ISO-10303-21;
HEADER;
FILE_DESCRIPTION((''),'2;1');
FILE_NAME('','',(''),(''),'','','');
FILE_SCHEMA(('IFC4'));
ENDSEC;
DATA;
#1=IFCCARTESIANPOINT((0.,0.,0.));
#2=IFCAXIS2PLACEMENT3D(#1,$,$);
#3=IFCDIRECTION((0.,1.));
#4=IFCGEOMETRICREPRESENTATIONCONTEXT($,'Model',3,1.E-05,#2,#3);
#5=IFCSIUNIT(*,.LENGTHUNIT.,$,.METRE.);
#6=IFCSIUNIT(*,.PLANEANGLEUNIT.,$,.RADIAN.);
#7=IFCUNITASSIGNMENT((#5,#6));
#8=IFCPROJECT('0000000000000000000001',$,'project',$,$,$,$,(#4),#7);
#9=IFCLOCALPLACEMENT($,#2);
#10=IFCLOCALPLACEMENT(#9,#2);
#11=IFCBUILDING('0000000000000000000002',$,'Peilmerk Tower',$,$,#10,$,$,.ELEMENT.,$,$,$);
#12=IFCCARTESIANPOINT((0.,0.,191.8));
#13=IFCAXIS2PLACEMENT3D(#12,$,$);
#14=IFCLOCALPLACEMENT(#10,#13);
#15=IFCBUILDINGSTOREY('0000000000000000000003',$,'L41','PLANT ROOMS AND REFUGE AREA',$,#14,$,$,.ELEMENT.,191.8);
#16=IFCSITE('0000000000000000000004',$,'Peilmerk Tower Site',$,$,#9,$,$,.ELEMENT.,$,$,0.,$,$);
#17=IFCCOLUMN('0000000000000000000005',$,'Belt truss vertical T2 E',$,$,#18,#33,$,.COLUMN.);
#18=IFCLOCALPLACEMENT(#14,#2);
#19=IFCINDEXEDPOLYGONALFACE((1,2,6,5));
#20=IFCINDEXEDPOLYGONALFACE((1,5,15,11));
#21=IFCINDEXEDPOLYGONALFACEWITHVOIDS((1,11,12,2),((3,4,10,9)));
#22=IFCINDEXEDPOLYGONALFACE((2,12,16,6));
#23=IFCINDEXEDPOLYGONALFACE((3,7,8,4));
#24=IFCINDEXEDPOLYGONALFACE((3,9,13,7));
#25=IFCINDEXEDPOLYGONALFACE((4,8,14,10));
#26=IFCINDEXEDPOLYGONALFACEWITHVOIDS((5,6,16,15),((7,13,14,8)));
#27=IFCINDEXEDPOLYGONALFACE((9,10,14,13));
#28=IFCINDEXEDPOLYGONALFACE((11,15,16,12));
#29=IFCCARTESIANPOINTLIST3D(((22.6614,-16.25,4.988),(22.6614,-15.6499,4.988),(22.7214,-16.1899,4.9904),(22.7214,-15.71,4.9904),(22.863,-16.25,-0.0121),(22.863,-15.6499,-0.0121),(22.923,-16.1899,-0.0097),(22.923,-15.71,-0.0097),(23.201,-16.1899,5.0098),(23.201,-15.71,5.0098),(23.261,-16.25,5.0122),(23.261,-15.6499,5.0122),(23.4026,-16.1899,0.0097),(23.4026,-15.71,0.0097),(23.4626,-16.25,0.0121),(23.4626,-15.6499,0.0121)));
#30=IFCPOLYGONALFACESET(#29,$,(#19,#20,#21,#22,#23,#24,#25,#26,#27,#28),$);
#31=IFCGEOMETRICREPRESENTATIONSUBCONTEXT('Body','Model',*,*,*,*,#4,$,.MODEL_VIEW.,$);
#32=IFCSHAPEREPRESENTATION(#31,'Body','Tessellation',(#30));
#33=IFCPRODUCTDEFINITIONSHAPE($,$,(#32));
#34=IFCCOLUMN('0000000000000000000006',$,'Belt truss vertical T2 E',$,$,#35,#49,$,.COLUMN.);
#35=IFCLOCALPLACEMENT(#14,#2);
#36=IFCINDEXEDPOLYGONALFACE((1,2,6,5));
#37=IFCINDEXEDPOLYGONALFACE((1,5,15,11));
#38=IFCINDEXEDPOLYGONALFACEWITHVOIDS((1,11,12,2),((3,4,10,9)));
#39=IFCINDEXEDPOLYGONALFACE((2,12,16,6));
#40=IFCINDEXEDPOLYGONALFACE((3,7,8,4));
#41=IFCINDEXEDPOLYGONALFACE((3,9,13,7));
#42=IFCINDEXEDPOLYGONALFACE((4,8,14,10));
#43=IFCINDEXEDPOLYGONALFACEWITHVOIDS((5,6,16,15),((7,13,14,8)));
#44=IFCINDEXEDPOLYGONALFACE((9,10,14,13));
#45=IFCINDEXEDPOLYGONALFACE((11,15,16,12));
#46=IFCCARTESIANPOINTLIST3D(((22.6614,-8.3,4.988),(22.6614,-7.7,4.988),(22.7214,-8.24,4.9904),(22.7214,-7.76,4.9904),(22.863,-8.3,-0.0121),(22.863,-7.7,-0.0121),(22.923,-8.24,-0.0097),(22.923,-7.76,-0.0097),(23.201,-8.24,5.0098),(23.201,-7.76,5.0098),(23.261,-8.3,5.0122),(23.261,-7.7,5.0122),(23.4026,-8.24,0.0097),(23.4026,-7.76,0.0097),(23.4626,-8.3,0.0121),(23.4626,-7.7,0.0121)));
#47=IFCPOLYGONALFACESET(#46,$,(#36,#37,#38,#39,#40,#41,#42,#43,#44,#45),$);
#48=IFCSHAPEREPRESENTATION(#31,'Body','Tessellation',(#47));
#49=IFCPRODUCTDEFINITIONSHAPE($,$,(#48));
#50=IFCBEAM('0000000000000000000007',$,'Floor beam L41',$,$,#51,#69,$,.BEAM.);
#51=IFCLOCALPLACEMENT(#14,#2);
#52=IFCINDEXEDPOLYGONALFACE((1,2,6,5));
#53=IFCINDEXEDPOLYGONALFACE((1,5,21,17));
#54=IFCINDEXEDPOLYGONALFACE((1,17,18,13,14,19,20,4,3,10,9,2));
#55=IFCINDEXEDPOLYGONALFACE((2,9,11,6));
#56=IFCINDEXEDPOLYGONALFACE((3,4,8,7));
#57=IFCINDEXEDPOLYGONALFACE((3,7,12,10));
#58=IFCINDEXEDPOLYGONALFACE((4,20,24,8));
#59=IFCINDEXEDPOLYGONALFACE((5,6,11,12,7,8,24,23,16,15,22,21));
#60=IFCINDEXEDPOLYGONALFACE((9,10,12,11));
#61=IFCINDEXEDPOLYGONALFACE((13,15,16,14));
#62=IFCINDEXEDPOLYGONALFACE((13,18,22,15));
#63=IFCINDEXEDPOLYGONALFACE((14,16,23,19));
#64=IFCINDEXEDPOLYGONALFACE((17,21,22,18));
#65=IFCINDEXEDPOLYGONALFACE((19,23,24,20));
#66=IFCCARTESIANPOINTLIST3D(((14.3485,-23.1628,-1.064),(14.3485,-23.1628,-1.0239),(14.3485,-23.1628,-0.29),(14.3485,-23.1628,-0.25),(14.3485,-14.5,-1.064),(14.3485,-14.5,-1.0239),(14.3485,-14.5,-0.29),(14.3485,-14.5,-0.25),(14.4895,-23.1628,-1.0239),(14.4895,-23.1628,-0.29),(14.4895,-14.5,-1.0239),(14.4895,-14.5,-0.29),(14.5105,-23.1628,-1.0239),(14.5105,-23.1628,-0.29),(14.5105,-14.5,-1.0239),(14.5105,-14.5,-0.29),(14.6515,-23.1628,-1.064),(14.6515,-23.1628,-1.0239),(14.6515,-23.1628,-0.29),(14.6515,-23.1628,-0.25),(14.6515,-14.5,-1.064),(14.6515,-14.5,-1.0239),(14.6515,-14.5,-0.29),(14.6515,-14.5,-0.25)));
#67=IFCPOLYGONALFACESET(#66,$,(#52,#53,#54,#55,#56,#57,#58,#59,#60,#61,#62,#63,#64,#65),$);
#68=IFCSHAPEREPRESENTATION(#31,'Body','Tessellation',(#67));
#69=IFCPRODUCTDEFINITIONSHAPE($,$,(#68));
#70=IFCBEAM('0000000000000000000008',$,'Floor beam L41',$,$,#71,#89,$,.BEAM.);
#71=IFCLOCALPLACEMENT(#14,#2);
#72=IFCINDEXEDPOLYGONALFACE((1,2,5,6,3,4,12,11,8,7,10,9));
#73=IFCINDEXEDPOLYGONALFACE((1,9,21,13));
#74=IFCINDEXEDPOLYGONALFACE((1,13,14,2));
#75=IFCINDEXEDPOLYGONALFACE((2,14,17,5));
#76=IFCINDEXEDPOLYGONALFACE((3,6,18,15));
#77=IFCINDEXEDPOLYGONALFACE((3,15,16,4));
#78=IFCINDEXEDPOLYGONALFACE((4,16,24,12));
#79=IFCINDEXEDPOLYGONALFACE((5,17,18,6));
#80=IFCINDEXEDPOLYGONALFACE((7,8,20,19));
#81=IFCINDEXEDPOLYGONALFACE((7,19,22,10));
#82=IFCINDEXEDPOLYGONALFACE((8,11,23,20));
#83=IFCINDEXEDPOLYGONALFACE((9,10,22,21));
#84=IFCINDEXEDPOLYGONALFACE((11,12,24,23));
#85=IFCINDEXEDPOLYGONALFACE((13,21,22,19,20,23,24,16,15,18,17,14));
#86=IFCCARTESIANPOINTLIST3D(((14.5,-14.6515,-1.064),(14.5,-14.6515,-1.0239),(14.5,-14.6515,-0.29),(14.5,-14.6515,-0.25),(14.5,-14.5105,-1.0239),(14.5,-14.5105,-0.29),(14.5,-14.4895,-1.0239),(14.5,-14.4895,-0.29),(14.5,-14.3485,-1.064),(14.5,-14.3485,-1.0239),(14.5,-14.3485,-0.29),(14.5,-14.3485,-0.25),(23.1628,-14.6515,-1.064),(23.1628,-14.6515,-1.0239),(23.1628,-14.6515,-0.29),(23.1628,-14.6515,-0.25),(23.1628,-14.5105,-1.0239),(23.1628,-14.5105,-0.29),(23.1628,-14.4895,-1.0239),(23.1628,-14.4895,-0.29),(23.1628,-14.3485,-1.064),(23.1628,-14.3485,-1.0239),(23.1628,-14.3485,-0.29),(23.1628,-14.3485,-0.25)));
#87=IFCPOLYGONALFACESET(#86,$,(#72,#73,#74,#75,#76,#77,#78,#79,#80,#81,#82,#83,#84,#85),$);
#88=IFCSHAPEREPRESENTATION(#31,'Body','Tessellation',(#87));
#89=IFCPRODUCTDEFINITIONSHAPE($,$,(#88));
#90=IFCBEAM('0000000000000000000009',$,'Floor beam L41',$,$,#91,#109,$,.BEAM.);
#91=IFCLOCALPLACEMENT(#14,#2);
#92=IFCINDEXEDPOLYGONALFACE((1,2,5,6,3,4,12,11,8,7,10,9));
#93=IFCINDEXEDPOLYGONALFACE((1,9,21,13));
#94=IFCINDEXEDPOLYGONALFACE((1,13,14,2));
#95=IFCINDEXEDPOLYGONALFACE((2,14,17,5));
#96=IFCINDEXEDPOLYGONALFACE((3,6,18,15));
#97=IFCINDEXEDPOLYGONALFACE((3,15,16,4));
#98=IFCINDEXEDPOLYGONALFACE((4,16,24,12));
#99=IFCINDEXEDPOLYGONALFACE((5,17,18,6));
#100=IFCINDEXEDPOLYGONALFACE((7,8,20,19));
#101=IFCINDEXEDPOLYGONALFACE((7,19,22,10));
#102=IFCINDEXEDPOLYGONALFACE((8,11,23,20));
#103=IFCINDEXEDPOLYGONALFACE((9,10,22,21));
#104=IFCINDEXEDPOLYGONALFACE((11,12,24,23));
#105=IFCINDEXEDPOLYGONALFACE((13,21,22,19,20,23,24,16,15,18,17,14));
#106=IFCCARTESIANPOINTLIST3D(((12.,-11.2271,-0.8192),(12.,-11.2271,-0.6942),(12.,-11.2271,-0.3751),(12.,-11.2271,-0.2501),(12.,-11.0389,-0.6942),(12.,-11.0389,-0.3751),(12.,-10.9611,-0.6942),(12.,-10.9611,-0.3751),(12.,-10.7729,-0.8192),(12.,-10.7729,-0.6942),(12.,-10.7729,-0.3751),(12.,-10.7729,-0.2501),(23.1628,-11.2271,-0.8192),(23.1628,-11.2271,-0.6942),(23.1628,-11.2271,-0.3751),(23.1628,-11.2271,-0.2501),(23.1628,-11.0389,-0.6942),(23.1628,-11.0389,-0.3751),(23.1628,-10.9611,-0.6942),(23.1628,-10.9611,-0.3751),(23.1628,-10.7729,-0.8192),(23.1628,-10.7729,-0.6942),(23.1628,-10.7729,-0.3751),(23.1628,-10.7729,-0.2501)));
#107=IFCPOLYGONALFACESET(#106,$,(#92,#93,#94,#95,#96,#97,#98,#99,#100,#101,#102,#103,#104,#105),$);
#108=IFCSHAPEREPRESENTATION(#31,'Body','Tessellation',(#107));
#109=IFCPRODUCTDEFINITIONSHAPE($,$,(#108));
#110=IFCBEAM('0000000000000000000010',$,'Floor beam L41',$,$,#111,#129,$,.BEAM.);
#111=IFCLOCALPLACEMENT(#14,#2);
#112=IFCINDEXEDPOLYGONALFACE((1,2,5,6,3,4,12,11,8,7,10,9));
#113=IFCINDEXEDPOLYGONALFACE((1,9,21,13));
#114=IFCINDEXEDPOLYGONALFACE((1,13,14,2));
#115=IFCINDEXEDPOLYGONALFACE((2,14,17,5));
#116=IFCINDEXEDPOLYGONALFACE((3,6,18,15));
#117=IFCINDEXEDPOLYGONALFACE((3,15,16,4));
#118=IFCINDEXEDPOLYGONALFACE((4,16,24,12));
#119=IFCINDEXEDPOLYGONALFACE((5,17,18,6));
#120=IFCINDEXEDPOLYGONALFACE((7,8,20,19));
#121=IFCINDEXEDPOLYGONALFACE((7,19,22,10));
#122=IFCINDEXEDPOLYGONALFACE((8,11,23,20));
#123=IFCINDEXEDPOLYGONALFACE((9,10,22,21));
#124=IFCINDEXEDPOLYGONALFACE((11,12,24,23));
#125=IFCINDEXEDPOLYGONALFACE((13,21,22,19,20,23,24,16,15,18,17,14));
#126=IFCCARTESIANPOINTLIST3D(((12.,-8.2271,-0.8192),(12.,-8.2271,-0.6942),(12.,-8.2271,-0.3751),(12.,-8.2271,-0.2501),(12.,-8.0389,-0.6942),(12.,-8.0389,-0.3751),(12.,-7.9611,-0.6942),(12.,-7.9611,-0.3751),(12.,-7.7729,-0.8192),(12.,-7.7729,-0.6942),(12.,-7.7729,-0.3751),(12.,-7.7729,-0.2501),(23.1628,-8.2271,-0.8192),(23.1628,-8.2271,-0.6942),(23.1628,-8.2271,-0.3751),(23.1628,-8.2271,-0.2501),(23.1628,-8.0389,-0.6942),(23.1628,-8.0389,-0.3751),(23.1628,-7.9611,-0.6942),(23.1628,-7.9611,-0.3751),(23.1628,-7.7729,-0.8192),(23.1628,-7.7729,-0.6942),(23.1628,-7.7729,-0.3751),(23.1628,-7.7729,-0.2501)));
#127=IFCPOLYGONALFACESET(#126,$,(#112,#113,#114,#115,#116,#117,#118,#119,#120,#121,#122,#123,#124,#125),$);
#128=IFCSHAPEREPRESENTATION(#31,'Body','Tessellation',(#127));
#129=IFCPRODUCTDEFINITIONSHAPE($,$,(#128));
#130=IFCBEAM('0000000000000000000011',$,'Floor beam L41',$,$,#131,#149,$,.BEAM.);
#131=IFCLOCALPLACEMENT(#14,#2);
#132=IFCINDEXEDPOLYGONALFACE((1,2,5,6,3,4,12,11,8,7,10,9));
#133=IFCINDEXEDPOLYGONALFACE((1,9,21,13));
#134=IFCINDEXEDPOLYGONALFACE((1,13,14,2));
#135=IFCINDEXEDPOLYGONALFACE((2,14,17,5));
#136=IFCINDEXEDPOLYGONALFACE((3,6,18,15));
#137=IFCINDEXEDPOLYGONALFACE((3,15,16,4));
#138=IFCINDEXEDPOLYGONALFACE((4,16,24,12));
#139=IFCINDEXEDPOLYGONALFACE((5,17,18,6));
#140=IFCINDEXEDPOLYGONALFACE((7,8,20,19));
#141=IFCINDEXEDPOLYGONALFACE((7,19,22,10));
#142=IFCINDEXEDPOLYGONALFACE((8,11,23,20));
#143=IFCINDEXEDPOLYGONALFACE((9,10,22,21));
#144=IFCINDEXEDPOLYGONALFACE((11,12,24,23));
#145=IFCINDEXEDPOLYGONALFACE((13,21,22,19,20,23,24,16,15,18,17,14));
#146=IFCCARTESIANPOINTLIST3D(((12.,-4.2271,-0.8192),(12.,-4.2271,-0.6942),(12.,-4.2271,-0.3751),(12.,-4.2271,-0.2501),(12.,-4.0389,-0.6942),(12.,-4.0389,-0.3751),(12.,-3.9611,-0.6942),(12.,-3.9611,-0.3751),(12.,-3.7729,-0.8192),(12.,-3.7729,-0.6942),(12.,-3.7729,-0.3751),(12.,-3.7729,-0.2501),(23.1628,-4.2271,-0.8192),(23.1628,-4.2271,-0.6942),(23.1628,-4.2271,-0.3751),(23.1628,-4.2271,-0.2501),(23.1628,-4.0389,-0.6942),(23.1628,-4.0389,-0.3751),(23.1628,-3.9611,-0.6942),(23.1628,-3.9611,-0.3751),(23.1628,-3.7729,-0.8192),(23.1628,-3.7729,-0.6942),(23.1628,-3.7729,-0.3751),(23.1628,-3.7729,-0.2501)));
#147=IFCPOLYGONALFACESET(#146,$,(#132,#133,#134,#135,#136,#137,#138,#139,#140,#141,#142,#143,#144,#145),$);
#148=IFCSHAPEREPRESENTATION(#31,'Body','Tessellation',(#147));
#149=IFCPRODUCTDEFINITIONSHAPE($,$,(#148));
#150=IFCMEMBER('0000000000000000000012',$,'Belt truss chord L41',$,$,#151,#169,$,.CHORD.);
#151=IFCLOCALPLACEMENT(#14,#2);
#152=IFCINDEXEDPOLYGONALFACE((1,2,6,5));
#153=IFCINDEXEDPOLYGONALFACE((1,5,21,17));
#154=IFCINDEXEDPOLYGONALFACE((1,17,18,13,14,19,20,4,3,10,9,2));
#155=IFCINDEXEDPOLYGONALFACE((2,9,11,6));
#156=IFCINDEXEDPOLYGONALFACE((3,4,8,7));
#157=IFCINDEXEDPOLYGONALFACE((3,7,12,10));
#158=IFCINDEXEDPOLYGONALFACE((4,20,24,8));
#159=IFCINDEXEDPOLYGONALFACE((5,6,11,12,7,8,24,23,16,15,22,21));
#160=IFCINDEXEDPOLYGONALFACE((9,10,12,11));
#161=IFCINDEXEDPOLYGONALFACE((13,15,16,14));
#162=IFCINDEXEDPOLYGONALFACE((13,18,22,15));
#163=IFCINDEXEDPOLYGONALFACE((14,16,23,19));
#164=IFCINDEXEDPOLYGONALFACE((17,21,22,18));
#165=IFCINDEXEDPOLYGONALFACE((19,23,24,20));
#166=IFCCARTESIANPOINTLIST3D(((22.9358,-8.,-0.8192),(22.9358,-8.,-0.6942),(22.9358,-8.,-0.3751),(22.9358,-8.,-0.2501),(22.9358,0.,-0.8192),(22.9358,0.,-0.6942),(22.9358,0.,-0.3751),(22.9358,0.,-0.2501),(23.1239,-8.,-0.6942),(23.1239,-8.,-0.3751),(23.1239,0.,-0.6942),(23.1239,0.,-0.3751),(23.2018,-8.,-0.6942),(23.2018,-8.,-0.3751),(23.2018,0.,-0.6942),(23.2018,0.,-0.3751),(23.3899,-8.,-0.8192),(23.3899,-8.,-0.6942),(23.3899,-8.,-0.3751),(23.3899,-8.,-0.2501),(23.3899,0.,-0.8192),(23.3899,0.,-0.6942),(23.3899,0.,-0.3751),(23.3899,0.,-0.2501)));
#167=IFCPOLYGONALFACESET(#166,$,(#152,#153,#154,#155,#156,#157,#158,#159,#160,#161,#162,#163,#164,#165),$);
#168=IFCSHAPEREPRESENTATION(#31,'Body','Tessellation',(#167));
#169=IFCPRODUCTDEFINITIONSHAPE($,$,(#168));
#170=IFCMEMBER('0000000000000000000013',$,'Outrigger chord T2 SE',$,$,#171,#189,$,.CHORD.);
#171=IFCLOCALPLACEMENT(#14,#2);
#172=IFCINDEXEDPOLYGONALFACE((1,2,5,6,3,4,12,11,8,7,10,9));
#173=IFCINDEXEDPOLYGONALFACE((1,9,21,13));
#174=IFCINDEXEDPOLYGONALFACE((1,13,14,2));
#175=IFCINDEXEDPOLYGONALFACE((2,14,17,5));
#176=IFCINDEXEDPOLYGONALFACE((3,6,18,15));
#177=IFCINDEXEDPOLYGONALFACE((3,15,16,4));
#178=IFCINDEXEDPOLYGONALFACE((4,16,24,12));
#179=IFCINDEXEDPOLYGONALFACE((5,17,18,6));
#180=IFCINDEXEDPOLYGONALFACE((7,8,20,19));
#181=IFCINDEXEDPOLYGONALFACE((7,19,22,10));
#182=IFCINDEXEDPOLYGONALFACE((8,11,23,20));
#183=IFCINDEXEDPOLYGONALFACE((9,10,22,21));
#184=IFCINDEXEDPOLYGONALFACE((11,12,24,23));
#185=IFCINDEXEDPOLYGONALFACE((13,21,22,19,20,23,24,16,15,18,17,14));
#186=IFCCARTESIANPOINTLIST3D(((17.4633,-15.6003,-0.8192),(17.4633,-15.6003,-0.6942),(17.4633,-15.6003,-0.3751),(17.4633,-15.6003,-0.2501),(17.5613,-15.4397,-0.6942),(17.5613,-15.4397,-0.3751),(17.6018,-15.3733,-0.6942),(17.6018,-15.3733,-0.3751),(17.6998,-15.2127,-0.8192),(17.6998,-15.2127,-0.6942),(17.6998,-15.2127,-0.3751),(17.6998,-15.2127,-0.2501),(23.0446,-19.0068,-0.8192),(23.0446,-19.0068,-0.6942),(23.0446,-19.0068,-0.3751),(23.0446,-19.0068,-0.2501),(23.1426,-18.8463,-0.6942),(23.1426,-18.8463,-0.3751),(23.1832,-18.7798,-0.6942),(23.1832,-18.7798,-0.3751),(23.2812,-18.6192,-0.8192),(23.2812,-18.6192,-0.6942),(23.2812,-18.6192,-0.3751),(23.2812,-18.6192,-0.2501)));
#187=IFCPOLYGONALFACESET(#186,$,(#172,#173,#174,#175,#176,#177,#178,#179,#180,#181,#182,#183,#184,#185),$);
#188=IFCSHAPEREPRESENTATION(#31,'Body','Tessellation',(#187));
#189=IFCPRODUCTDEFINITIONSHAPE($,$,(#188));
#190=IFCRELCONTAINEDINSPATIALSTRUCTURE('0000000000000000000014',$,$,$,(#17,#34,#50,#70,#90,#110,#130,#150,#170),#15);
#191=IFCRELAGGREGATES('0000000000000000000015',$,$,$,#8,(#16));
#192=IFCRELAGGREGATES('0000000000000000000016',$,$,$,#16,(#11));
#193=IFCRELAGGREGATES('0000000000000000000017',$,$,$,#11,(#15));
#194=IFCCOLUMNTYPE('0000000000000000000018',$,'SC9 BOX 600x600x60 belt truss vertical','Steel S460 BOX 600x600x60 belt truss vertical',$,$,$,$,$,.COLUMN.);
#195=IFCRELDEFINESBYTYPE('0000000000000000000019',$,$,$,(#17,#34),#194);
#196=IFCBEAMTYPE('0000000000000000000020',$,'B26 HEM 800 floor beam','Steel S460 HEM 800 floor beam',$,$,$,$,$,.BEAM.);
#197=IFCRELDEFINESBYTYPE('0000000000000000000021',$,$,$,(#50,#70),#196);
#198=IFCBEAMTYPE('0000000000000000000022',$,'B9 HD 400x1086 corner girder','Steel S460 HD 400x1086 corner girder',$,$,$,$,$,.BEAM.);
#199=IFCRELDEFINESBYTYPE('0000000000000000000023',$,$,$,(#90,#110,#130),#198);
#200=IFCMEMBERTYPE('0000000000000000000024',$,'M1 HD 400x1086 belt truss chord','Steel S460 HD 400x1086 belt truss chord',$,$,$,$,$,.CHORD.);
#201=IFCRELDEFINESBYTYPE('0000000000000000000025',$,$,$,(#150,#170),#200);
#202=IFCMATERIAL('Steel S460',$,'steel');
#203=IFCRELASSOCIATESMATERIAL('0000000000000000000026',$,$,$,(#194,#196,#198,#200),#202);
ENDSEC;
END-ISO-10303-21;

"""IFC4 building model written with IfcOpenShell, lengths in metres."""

from ifc_helpers import new_model, si_unit, direction, frame, origin, origin_2d, place, context, subcontext, project, spatial, hollow_rectangle, i_section, extrude, material, material_profile, profile_set, type_object, element, save


model = new_model("IFC4")

# Units and contexts
model_context = context("Model", 3, precision=1e-05, world=origin(), true_north=direction((0.0, 1.0)))
body_context = subcontext(model_context, "Body", "Model", "MODEL_VIEW")
ifc_project = project(units=[si_unit("LENGTHUNIT", "METRE"), si_unit("PLANEANGLEUNIT", "RADIAN")], contexts=[model_context])

# Site, building, storey
site_placement = place(None, origin())
site = spatial("IfcSite", under=ifc_project, at=site_placement, Name="Peilmerk Tower Site", CompositionType="ELEMENT", RefElevation=0.0)
building_placement = place(site_placement, origin())
building = spatial("IfcBuilding", under=site, at=building_placement, Name="Peilmerk Tower", CompositionType="ELEMENT")
storey_placement = place(building_placement, frame((0.0, 0.0, 191.8)))
storey = spatial("IfcBuildingStorey", under=building, at=storey_placement, Name="L41", Description="PLANT ROOMS AND REFUGE AREA", CompositionType="ELEMENT", Elevation=191.8)

# Columns
ifc_material_1 = material(Name="Steel S460", Category="steel")
ifc_material_profile_1 = material_profile(ifc_material_1, hollow_rectangle(XDim=0.6001, YDim=0.6001, WallThickness=0.0601, at=origin_2d()), Name="BOX 600x600x60")
ifc_profile_set_1 = profile_set([ifc_material_profile_1], Name="Steel S460")
column_type = type_object("IfcColumnType", Name="SC9 BOX 600x600x60 belt truss vertical", Description="Steel S460 BOX 600x600x60 belt truss vertical", PredefinedType="COLUMN", material=ifc_profile_set_1)
for number, where, z_axis, x_axis, name in (
    (1, (23.1628, -15.95, 0.0), (-0.040299, 0.0, 0.999188), (0.0, -1.0, 0.0), "Belt truss vertical T2 E"),
    (2, (23.1628, -8.0, 0.0), (-0.040299, 0.0, 0.999188), (0.0, -1.0, 0.0), "Belt truss vertical T2 E"),
):
    element("IfcColumn", number, at=place(storey_placement, frame(where, z_axis=z_axis, x_axis=x_axis)), inside=storey, type_object=column_type, Name=name, PredefinedType="COLUMN", context=body_context, shape_type="SweptSolid", body=[
        extrude(hollow_rectangle(XDim=0.6001, YDim=0.6001, WallThickness=0.0601, at=origin_2d()), origin(), (0.0, 0.0, 1.0), 5.0042),
    ])

# Beams
ifc_material_profile_2 = material_profile(ifc_material_1, i_section(OverallWidth=0.303, OverallDepth=0.814, WebThickness=0.021, FlangeThickness=0.04, at=origin_2d()), Name="HEM 800")
ifc_profile_set_2 = profile_set([ifc_material_profile_2], Name="Steel S460")
beam_type_1 = type_object("IfcBeamType", Name="B26 HEM 800 floor beam", Description="Steel S460 HEM 800 floor beam", PredefinedType="BEAM", material=ifc_profile_set_2)
for number, where, z_axis, x_axis, name in (
    (3, (14.5, -14.5, -0.657), (0.0, -1.0, 0.0), (1.0, 0.0, 0.0), "Floor beam L41"),
    (4, (14.5, -14.5, -0.657), (1.0, 0.0, 0.0), (0.0, 1.0, 0.0), "Floor beam L41"),
):
    element("IfcBeam", number, at=place(storey_placement, frame(where, z_axis=z_axis, x_axis=x_axis)), inside=storey, type_object=beam_type_1, Name=name, PredefinedType="BEAM", context=body_context, shape_type="SweptSolid", body=[
        extrude(i_section(OverallWidth=0.303, OverallDepth=0.814, WebThickness=0.021, FlangeThickness=0.04, at=origin_2d()), origin(), (0.0, 0.0, 1.0), 8.6628),
    ])
ifc_material_profile_3 = material_profile(ifc_material_1, i_section(OverallWidth=0.4541, OverallDepth=0.5691, WebThickness=0.0779, FlangeThickness=0.125, at=origin_2d()), Name="HD 400x1086")
ifc_profile_set_3 = profile_set([ifc_material_profile_3], Name="Steel S460")
beam_type_2 = type_object("IfcBeamType", Name="B9 HD 400x1086 corner girder", Description="Steel S460 HD 400x1086 corner girder", PredefinedType="BEAM", material=ifc_profile_set_3)
for number, where, z_axis, x_axis, name in (
    (5, (12.0, -11.0, -0.5347), (1.0, 0.0, 0.0), (0.0, 1.0, 0.0), "Floor beam L41"),
    (6, (12.0, -8.0, -0.5347), (1.0, 0.0, 0.0), (0.0, 1.0, 0.0), "Floor beam L41"),
    (7, (12.0, -4.0, -0.5347), (1.0, 0.0, 0.0), (0.0, 1.0, 0.0), "Floor beam L41"),
):
    element("IfcBeam", number, at=place(storey_placement, frame(where, z_axis=z_axis, x_axis=x_axis)), inside=storey, type_object=beam_type_2, Name=name, PredefinedType="BEAM", context=body_context, shape_type="SweptSolid", body=[
        extrude(i_section(OverallWidth=0.4541, OverallDepth=0.5691, WebThickness=0.0779, FlangeThickness=0.125, at=origin_2d()), origin(), (0.0, 0.0, 1.0), 11.1628),
    ])

# Members
ifc_material_profile_4 = material_profile(ifc_material_1, i_section(OverallWidth=0.4541, OverallDepth=0.5691, WebThickness=0.0779, FlangeThickness=0.125, at=origin_2d()), Name="HD 400x1086")
ifc_profile_set_4 = profile_set([ifc_material_profile_4], Name="Steel S460")
member_type_1 = type_object("IfcMemberType", Name="M1 HD 400x1086 belt truss chord", Description="Steel S460 HD 400x1086 belt truss chord", PredefinedType="CHORD", material=ifc_profile_set_4)
member_1_placement = place(storey_placement, frame((23.1628, -8.0, -0.5347), z_axis=(0.0, 1.0, 0.0), x_axis=(-1.0, 0.0, 0.0)))
element("IfcMember", 8, at=member_1_placement, inside=storey, type_object=member_type_1, Name="Belt truss chord L41", PredefinedType="CHORD", context=body_context, shape_type="SweptSolid", body=[
    extrude(i_section(OverallWidth=0.4541, OverallDepth=0.5691, WebThickness=0.0779, FlangeThickness=0.125, at=origin_2d()), origin(), (0.0, 0.0, 1.0), 8.0),
])
member_2_placement = place(storey_placement, frame((17.5815, -15.4065, -0.5347), z_axis=(0.853574, -0.520971, 0.0), x_axis=(0.520971, 0.853574, 0.0)))
element("IfcMember", 9, at=member_2_placement, inside=storey, type_object=member_type_1, Name="Outrigger chord T2 SE", PredefinedType="CHORD", context=body_context, shape_type="SweptSolid", body=[
    extrude(i_section(OverallWidth=0.4541, OverallDepth=0.5691, WebThickness=0.0779, FlangeThickness=0.125, at=origin_2d()), origin(), (0.0, 0.0, 1.0), 6.5388),
])

save(model, "model.ifc")
